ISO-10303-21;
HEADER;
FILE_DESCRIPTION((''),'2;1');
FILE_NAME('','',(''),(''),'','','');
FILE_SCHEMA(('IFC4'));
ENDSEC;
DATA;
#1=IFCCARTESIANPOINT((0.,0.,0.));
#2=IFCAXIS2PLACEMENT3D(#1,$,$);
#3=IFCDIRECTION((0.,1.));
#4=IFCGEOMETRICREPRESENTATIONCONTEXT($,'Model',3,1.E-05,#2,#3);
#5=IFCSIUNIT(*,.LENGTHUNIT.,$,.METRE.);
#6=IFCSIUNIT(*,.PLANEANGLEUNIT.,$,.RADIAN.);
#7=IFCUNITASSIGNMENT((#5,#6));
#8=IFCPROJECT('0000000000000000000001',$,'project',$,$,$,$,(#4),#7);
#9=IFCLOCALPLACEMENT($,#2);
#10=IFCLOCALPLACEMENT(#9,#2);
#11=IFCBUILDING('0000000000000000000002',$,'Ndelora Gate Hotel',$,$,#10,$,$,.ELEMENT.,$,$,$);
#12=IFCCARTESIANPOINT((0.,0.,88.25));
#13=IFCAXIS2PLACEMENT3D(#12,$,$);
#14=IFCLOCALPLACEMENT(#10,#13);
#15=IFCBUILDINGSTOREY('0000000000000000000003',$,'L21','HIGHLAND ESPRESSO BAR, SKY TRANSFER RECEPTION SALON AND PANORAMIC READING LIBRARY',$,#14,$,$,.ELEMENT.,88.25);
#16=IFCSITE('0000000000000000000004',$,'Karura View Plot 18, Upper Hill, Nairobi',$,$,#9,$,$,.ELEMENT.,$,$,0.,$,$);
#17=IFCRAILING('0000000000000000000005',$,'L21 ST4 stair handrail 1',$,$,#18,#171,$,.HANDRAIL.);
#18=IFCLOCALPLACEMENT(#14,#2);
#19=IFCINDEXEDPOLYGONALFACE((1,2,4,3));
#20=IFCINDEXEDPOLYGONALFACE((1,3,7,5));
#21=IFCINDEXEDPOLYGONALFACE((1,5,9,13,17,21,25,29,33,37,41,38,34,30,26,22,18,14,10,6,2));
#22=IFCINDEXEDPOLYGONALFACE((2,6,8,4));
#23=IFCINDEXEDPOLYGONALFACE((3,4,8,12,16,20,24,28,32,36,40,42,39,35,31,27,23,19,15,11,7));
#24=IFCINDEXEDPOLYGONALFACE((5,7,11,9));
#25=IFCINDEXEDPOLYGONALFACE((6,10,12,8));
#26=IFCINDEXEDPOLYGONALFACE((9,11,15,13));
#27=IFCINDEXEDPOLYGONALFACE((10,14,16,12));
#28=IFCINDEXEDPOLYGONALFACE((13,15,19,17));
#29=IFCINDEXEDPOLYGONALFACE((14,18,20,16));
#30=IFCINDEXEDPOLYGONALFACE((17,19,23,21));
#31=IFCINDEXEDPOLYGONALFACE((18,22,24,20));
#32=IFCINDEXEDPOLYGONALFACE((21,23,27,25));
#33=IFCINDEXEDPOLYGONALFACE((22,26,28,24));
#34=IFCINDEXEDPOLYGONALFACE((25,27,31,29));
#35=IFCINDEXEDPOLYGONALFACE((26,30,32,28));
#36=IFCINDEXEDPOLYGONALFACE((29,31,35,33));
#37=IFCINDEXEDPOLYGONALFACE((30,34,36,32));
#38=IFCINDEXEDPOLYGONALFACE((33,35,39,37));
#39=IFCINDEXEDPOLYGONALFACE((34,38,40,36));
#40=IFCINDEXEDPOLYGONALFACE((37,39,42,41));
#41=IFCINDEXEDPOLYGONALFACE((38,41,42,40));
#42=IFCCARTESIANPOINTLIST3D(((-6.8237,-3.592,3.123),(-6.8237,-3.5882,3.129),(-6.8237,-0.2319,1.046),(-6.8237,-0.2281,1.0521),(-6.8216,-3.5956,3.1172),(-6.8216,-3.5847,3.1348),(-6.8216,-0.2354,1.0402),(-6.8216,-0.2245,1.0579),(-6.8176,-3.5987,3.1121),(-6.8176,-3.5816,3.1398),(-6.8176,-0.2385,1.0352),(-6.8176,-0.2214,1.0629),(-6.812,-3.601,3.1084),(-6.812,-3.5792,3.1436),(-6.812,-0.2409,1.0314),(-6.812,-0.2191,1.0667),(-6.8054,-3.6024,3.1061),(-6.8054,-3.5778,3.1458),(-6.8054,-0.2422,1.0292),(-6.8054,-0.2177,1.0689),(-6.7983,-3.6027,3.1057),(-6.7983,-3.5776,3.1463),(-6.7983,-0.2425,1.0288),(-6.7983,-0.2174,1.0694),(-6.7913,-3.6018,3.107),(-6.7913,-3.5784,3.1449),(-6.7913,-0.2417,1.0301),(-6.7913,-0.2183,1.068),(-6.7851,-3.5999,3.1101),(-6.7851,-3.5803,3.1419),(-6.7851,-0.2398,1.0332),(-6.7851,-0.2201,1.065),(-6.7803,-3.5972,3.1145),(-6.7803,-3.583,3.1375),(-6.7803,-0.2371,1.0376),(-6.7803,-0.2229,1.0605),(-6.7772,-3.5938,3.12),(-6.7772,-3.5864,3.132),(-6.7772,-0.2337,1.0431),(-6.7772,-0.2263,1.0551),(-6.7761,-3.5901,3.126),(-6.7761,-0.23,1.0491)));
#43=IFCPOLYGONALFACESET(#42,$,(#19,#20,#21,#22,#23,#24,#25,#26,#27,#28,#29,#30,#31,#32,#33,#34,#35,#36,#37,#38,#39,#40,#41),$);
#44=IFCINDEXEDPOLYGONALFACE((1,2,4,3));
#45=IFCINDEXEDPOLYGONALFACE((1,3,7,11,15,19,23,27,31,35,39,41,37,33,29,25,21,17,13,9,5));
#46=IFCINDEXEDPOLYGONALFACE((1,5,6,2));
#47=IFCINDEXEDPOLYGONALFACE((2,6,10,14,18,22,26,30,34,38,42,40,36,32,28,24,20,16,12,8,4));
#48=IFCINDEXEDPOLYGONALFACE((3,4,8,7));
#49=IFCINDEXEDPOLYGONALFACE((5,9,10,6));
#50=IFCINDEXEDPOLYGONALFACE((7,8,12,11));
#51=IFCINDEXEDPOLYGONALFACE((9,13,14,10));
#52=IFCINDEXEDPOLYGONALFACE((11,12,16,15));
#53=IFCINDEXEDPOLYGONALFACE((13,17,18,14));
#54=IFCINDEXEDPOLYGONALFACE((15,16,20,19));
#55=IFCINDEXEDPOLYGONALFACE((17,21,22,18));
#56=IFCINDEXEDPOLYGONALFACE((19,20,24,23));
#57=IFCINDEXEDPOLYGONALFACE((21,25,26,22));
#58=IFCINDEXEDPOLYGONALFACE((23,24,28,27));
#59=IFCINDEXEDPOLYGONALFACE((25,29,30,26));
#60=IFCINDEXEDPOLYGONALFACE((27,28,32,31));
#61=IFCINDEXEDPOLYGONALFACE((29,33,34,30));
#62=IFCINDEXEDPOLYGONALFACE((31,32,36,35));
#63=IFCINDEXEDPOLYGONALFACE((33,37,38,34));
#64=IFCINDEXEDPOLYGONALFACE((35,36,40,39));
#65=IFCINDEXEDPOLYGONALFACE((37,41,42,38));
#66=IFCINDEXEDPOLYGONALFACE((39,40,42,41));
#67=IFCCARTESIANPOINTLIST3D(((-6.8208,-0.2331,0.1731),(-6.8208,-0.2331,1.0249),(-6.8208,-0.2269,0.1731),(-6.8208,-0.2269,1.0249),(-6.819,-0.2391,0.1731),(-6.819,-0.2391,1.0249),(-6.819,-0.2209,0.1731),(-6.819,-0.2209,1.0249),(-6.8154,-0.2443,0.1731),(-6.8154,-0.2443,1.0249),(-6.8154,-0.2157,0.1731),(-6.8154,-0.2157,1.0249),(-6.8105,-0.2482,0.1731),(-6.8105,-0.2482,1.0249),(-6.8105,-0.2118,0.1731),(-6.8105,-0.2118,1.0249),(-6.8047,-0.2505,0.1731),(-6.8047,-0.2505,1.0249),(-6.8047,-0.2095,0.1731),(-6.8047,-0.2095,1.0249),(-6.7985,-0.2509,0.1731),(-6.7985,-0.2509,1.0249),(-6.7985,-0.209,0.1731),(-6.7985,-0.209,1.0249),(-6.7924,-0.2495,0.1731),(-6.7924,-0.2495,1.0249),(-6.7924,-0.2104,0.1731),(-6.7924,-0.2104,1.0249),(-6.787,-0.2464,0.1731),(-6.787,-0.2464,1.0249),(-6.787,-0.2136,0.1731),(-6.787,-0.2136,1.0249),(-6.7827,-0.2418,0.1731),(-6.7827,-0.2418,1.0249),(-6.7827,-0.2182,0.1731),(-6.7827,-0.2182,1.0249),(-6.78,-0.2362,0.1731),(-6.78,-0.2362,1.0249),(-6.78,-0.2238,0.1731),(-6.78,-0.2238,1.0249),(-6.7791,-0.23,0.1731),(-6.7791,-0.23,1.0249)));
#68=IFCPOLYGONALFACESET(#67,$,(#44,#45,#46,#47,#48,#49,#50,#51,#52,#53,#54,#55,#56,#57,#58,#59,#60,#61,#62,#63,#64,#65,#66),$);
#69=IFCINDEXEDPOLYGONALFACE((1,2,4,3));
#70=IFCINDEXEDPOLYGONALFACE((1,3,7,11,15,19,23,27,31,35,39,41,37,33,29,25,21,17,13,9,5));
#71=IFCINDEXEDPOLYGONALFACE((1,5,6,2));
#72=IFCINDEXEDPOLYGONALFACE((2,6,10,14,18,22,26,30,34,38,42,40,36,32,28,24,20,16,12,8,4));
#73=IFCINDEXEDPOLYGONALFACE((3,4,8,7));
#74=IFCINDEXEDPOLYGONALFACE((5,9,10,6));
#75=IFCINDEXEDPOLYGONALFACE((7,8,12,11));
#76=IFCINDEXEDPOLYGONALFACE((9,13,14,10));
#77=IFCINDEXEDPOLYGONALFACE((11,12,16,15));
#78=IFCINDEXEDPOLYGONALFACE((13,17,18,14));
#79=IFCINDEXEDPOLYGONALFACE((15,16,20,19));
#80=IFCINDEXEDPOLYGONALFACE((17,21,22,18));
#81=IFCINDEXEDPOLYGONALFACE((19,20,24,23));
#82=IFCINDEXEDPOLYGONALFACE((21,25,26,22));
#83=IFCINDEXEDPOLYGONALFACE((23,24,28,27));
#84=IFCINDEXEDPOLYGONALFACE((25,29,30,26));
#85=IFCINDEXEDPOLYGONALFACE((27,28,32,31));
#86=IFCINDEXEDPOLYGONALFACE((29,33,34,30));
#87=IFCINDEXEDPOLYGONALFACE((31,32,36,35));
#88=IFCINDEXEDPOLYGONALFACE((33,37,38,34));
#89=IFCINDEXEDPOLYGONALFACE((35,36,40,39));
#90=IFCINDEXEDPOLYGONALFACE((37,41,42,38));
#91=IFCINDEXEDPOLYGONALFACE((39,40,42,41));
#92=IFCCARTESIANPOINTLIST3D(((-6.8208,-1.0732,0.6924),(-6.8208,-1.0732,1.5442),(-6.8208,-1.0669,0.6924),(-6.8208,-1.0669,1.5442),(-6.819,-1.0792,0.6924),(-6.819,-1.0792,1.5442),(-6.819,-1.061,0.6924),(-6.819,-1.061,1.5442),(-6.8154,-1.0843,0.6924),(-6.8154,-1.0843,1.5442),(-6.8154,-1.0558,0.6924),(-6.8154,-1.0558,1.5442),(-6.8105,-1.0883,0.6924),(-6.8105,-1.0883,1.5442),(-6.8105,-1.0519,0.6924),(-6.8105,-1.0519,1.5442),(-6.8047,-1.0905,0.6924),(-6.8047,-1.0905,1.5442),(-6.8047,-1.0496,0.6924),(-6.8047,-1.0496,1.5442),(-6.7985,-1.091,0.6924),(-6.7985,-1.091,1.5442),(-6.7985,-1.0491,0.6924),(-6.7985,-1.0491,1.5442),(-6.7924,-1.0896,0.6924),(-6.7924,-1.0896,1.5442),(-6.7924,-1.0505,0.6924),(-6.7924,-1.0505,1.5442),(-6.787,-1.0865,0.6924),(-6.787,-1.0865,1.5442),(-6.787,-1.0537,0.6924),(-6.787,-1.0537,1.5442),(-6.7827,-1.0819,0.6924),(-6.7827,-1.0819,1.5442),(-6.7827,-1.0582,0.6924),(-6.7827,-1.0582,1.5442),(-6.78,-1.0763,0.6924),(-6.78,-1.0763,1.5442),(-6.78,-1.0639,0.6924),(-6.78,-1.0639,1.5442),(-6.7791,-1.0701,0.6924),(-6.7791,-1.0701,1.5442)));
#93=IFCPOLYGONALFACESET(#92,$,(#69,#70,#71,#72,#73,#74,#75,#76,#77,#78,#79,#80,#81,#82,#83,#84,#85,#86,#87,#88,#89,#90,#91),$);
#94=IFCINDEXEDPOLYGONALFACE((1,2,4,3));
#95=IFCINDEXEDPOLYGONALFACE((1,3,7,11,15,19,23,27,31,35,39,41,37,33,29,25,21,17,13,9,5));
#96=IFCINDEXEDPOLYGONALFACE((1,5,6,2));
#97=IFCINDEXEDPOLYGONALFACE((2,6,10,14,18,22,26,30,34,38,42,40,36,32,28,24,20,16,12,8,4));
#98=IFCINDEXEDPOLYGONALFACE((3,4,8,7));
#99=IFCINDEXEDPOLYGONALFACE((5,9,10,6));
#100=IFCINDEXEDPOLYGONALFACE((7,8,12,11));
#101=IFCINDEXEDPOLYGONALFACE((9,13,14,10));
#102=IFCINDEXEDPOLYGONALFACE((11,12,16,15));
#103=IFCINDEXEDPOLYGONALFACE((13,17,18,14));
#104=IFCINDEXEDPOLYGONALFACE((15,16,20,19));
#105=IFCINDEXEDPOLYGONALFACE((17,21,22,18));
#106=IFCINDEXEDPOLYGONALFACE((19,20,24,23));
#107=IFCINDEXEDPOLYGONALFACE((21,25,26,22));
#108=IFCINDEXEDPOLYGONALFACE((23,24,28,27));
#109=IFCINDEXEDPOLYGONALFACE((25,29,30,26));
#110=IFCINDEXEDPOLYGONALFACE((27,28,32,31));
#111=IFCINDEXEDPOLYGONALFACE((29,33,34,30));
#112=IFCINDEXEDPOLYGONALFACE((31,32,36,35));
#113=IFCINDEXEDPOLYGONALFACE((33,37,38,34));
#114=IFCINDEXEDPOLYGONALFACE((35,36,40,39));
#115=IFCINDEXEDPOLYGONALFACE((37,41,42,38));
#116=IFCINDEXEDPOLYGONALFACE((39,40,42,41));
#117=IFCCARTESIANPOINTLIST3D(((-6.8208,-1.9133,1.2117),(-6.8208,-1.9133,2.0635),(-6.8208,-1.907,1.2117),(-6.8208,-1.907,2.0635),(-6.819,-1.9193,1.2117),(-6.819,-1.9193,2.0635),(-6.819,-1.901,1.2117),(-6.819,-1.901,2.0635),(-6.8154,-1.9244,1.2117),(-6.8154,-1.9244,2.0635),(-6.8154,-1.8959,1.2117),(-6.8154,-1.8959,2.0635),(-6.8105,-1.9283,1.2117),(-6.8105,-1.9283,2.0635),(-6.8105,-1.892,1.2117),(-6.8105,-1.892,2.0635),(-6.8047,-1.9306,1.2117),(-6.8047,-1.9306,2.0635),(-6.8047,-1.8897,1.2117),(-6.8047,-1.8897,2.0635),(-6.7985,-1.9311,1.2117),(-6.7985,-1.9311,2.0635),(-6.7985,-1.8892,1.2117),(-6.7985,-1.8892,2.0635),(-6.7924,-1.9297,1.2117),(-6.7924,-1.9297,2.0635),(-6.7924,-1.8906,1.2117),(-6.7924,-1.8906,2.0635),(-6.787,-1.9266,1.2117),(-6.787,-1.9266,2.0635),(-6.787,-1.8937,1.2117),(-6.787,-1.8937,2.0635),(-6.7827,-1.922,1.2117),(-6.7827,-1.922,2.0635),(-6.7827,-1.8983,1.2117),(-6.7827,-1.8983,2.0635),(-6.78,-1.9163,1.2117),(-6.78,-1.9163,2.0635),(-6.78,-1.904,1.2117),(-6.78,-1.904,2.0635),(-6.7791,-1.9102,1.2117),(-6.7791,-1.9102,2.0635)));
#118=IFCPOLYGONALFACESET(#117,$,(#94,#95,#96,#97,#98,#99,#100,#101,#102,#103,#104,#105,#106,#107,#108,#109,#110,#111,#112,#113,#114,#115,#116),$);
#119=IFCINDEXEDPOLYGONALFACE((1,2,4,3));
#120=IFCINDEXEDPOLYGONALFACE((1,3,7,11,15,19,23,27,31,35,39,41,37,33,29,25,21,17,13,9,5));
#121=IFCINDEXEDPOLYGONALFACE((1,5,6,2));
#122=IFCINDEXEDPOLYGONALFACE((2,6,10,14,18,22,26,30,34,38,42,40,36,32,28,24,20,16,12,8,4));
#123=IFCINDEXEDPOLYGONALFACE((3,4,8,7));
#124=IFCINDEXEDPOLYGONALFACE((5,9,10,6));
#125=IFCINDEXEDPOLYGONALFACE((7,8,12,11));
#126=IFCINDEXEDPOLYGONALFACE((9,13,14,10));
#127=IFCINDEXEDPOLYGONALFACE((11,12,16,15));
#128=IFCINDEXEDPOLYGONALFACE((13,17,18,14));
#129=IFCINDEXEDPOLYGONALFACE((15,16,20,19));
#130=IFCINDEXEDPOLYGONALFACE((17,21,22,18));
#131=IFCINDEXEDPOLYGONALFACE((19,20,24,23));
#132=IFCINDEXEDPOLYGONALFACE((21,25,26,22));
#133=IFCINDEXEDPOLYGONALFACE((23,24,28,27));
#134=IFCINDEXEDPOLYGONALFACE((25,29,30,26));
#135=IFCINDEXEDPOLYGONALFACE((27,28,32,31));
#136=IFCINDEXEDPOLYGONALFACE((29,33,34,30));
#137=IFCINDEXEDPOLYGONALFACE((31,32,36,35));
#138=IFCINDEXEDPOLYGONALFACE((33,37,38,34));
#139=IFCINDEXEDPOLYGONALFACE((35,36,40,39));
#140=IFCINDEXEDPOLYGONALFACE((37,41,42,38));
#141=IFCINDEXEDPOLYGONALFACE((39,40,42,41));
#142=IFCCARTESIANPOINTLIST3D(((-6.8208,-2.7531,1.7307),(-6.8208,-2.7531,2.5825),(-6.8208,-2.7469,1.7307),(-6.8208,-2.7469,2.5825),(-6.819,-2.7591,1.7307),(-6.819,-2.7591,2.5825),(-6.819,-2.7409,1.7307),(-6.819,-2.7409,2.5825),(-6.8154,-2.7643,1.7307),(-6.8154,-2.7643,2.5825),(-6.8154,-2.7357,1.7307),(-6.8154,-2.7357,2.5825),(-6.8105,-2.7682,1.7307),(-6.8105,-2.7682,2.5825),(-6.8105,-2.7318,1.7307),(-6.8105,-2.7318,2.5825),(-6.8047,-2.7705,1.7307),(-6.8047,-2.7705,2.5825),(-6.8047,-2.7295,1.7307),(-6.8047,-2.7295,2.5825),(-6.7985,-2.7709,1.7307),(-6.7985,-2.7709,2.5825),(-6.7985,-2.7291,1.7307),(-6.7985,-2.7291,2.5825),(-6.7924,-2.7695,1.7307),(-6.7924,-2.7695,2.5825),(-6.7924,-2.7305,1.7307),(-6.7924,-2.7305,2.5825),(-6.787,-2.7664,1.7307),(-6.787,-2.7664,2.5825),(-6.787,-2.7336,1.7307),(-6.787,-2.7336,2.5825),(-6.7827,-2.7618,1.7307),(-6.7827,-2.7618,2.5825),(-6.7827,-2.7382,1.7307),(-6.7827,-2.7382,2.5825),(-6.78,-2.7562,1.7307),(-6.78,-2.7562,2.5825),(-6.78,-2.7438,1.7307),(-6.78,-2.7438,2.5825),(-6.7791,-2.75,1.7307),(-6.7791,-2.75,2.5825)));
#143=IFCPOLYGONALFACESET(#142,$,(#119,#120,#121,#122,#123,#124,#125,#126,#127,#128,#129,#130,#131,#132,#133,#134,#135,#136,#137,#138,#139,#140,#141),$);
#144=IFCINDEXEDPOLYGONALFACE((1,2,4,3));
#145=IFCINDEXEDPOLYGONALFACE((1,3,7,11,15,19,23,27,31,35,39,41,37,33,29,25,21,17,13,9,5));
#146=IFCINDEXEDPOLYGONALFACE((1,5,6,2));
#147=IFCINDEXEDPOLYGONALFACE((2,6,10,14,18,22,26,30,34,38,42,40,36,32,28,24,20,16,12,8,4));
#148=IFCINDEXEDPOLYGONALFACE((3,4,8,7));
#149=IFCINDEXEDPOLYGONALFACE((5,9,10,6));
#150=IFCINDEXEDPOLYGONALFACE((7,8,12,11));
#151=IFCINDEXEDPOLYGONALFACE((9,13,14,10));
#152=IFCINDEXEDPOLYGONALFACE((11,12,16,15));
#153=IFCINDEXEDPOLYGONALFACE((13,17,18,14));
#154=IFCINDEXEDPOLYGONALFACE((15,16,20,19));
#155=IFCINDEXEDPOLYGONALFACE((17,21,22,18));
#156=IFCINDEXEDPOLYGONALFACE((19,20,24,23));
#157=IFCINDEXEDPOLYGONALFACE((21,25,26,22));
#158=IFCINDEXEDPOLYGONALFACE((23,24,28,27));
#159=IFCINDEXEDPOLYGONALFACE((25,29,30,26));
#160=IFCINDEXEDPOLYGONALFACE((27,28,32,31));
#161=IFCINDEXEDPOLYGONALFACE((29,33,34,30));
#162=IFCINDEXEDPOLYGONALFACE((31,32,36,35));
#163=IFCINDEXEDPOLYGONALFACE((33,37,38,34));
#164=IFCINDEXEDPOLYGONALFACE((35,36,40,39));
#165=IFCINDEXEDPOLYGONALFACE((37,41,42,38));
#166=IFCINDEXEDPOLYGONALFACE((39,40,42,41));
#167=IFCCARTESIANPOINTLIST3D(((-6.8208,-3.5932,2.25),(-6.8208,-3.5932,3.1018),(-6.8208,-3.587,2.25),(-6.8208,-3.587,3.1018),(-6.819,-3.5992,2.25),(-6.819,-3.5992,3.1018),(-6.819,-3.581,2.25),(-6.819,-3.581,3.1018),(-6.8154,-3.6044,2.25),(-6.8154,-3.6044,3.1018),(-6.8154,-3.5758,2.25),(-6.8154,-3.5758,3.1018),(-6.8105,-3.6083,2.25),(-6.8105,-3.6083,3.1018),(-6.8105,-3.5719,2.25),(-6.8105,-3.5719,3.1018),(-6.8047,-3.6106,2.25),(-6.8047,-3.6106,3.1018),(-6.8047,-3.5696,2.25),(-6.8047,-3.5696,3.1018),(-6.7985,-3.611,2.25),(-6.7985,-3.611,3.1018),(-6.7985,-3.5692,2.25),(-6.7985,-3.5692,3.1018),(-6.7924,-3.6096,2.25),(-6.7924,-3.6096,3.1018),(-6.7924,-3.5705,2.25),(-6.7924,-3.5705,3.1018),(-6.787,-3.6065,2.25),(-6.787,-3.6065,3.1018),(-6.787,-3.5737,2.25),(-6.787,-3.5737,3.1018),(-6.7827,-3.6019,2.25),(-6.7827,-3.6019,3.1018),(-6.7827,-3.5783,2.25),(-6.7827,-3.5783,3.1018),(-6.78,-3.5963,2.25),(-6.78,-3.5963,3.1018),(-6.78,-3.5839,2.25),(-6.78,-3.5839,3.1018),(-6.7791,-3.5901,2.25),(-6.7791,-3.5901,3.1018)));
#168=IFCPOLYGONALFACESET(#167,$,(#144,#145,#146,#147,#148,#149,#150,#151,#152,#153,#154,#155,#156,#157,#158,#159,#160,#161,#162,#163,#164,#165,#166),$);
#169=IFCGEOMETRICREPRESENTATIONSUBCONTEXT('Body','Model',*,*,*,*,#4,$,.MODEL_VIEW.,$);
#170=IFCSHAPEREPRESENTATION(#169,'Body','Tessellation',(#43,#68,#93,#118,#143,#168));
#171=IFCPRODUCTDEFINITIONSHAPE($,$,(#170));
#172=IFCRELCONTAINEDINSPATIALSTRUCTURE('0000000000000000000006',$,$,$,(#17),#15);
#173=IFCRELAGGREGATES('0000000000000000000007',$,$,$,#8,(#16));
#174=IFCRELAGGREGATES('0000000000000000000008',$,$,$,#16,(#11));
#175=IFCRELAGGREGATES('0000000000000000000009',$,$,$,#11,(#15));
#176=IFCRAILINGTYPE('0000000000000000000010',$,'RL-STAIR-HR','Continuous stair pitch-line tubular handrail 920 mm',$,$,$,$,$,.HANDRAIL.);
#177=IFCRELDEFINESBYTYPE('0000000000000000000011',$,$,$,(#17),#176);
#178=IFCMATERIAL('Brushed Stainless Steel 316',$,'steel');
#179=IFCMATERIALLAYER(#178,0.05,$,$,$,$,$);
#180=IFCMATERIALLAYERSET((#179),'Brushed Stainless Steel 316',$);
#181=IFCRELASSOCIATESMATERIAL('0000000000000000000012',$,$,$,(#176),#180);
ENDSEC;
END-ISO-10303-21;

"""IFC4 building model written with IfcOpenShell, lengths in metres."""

from ifc_helpers import new_model, si_unit, direction, frame, origin, origin_2d, place, context, subcontext, project, spatial, circle, extrude, material, layer, layer_set, type_object, element, save


model = new_model("IFC4")

# Units and contexts
model_context = context("Model", 3, precision=1e-05, world=origin(), true_north=direction((0.0, 1.0)))
body_context = subcontext(model_context, "Body", "Model", "MODEL_VIEW")
ifc_project = project(units=[si_unit("LENGTHUNIT", "METRE"), si_unit("PLANEANGLEUNIT", "RADIAN")], contexts=[model_context])

# Site, building, storey
site_placement = place(None, origin())
site = spatial("IfcSite", under=ifc_project, at=site_placement, Name="Karura View Plot 18, Upper Hill, Nairobi", CompositionType="ELEMENT", RefElevation=0.0)
building_placement = place(site_placement, origin())
building = spatial("IfcBuilding", under=site, at=building_placement, Name="Ndelora Gate Hotel", CompositionType="ELEMENT")
storey_placement = place(building_placement, frame((0.0, 0.0, 88.25)))
storey = spatial("IfcBuildingStorey", under=building, at=storey_placement, Name="L21", Description="HIGHLAND ESPRESSO BAR, SKY TRANSFER RECEPTION SALON AND PANORAMIC READING LIBRARY", CompositionType="ELEMENT", Elevation=88.25)

# Railing
ifc_material_1 = material(Name="Brushed Stainless Steel 316", Category="steel")
ifc_layer_1 = layer(ifc_material_1, 0.05)
ifc_layer_set_1 = layer_set([ifc_layer_1], Name="Brushed Stainless Steel 316")
railing_type_1 = type_object("IfcRailingType", Name="RL-STAIR-HR", Description="Continuous stair pitch-line tubular handrail 920 mm", PredefinedType="HANDRAIL", material=ifc_layer_set_1)
railing_1_placement = place(storey_placement, frame((-6.8, -0.23, 0.1731)))
element("IfcRailing", 1, at=railing_1_placement, inside=storey, type_object=railing_type_1, Name="L21 ST4 stair handrail 1", PredefinedType="HANDRAIL", context=body_context, shape_type="SweptSolid", body=[
    extrude(circle(Radius=0.0239, at=origin_2d()), frame((0.0, 0.0, 0.876), z_axis=(0.0, -0.850623, 0.525776), x_axis=(1.0, 0.0, 0.0)), (0.0, 0.0, 1.0), 3.9502),
    extrude(circle(Radius=0.021, at=origin_2d()), origin(), (0.0, 0.0, 1.0), 0.8518),
    extrude(circle(Radius=0.021, at=origin_2d()), frame((0.0, -0.8401, 0.5193)), (0.0, 0.0, 1.0), 0.8518),
    extrude(circle(Radius=0.021, at=origin_2d()), frame((0.0, -1.6802, 1.0386)), (0.0, 0.0, 1.0), 0.8518),
    extrude(circle(Radius=0.021, at=origin_2d()), frame((0.0, -2.52, 1.5576)), (0.0, 0.0, 1.0), 0.8518),
    extrude(circle(Radius=0.021, at=origin_2d()), frame((0.0, -3.3601, 2.0769)), (0.0, 0.0, 1.0), 0.8518),
])

save(model, "model.ifc")
